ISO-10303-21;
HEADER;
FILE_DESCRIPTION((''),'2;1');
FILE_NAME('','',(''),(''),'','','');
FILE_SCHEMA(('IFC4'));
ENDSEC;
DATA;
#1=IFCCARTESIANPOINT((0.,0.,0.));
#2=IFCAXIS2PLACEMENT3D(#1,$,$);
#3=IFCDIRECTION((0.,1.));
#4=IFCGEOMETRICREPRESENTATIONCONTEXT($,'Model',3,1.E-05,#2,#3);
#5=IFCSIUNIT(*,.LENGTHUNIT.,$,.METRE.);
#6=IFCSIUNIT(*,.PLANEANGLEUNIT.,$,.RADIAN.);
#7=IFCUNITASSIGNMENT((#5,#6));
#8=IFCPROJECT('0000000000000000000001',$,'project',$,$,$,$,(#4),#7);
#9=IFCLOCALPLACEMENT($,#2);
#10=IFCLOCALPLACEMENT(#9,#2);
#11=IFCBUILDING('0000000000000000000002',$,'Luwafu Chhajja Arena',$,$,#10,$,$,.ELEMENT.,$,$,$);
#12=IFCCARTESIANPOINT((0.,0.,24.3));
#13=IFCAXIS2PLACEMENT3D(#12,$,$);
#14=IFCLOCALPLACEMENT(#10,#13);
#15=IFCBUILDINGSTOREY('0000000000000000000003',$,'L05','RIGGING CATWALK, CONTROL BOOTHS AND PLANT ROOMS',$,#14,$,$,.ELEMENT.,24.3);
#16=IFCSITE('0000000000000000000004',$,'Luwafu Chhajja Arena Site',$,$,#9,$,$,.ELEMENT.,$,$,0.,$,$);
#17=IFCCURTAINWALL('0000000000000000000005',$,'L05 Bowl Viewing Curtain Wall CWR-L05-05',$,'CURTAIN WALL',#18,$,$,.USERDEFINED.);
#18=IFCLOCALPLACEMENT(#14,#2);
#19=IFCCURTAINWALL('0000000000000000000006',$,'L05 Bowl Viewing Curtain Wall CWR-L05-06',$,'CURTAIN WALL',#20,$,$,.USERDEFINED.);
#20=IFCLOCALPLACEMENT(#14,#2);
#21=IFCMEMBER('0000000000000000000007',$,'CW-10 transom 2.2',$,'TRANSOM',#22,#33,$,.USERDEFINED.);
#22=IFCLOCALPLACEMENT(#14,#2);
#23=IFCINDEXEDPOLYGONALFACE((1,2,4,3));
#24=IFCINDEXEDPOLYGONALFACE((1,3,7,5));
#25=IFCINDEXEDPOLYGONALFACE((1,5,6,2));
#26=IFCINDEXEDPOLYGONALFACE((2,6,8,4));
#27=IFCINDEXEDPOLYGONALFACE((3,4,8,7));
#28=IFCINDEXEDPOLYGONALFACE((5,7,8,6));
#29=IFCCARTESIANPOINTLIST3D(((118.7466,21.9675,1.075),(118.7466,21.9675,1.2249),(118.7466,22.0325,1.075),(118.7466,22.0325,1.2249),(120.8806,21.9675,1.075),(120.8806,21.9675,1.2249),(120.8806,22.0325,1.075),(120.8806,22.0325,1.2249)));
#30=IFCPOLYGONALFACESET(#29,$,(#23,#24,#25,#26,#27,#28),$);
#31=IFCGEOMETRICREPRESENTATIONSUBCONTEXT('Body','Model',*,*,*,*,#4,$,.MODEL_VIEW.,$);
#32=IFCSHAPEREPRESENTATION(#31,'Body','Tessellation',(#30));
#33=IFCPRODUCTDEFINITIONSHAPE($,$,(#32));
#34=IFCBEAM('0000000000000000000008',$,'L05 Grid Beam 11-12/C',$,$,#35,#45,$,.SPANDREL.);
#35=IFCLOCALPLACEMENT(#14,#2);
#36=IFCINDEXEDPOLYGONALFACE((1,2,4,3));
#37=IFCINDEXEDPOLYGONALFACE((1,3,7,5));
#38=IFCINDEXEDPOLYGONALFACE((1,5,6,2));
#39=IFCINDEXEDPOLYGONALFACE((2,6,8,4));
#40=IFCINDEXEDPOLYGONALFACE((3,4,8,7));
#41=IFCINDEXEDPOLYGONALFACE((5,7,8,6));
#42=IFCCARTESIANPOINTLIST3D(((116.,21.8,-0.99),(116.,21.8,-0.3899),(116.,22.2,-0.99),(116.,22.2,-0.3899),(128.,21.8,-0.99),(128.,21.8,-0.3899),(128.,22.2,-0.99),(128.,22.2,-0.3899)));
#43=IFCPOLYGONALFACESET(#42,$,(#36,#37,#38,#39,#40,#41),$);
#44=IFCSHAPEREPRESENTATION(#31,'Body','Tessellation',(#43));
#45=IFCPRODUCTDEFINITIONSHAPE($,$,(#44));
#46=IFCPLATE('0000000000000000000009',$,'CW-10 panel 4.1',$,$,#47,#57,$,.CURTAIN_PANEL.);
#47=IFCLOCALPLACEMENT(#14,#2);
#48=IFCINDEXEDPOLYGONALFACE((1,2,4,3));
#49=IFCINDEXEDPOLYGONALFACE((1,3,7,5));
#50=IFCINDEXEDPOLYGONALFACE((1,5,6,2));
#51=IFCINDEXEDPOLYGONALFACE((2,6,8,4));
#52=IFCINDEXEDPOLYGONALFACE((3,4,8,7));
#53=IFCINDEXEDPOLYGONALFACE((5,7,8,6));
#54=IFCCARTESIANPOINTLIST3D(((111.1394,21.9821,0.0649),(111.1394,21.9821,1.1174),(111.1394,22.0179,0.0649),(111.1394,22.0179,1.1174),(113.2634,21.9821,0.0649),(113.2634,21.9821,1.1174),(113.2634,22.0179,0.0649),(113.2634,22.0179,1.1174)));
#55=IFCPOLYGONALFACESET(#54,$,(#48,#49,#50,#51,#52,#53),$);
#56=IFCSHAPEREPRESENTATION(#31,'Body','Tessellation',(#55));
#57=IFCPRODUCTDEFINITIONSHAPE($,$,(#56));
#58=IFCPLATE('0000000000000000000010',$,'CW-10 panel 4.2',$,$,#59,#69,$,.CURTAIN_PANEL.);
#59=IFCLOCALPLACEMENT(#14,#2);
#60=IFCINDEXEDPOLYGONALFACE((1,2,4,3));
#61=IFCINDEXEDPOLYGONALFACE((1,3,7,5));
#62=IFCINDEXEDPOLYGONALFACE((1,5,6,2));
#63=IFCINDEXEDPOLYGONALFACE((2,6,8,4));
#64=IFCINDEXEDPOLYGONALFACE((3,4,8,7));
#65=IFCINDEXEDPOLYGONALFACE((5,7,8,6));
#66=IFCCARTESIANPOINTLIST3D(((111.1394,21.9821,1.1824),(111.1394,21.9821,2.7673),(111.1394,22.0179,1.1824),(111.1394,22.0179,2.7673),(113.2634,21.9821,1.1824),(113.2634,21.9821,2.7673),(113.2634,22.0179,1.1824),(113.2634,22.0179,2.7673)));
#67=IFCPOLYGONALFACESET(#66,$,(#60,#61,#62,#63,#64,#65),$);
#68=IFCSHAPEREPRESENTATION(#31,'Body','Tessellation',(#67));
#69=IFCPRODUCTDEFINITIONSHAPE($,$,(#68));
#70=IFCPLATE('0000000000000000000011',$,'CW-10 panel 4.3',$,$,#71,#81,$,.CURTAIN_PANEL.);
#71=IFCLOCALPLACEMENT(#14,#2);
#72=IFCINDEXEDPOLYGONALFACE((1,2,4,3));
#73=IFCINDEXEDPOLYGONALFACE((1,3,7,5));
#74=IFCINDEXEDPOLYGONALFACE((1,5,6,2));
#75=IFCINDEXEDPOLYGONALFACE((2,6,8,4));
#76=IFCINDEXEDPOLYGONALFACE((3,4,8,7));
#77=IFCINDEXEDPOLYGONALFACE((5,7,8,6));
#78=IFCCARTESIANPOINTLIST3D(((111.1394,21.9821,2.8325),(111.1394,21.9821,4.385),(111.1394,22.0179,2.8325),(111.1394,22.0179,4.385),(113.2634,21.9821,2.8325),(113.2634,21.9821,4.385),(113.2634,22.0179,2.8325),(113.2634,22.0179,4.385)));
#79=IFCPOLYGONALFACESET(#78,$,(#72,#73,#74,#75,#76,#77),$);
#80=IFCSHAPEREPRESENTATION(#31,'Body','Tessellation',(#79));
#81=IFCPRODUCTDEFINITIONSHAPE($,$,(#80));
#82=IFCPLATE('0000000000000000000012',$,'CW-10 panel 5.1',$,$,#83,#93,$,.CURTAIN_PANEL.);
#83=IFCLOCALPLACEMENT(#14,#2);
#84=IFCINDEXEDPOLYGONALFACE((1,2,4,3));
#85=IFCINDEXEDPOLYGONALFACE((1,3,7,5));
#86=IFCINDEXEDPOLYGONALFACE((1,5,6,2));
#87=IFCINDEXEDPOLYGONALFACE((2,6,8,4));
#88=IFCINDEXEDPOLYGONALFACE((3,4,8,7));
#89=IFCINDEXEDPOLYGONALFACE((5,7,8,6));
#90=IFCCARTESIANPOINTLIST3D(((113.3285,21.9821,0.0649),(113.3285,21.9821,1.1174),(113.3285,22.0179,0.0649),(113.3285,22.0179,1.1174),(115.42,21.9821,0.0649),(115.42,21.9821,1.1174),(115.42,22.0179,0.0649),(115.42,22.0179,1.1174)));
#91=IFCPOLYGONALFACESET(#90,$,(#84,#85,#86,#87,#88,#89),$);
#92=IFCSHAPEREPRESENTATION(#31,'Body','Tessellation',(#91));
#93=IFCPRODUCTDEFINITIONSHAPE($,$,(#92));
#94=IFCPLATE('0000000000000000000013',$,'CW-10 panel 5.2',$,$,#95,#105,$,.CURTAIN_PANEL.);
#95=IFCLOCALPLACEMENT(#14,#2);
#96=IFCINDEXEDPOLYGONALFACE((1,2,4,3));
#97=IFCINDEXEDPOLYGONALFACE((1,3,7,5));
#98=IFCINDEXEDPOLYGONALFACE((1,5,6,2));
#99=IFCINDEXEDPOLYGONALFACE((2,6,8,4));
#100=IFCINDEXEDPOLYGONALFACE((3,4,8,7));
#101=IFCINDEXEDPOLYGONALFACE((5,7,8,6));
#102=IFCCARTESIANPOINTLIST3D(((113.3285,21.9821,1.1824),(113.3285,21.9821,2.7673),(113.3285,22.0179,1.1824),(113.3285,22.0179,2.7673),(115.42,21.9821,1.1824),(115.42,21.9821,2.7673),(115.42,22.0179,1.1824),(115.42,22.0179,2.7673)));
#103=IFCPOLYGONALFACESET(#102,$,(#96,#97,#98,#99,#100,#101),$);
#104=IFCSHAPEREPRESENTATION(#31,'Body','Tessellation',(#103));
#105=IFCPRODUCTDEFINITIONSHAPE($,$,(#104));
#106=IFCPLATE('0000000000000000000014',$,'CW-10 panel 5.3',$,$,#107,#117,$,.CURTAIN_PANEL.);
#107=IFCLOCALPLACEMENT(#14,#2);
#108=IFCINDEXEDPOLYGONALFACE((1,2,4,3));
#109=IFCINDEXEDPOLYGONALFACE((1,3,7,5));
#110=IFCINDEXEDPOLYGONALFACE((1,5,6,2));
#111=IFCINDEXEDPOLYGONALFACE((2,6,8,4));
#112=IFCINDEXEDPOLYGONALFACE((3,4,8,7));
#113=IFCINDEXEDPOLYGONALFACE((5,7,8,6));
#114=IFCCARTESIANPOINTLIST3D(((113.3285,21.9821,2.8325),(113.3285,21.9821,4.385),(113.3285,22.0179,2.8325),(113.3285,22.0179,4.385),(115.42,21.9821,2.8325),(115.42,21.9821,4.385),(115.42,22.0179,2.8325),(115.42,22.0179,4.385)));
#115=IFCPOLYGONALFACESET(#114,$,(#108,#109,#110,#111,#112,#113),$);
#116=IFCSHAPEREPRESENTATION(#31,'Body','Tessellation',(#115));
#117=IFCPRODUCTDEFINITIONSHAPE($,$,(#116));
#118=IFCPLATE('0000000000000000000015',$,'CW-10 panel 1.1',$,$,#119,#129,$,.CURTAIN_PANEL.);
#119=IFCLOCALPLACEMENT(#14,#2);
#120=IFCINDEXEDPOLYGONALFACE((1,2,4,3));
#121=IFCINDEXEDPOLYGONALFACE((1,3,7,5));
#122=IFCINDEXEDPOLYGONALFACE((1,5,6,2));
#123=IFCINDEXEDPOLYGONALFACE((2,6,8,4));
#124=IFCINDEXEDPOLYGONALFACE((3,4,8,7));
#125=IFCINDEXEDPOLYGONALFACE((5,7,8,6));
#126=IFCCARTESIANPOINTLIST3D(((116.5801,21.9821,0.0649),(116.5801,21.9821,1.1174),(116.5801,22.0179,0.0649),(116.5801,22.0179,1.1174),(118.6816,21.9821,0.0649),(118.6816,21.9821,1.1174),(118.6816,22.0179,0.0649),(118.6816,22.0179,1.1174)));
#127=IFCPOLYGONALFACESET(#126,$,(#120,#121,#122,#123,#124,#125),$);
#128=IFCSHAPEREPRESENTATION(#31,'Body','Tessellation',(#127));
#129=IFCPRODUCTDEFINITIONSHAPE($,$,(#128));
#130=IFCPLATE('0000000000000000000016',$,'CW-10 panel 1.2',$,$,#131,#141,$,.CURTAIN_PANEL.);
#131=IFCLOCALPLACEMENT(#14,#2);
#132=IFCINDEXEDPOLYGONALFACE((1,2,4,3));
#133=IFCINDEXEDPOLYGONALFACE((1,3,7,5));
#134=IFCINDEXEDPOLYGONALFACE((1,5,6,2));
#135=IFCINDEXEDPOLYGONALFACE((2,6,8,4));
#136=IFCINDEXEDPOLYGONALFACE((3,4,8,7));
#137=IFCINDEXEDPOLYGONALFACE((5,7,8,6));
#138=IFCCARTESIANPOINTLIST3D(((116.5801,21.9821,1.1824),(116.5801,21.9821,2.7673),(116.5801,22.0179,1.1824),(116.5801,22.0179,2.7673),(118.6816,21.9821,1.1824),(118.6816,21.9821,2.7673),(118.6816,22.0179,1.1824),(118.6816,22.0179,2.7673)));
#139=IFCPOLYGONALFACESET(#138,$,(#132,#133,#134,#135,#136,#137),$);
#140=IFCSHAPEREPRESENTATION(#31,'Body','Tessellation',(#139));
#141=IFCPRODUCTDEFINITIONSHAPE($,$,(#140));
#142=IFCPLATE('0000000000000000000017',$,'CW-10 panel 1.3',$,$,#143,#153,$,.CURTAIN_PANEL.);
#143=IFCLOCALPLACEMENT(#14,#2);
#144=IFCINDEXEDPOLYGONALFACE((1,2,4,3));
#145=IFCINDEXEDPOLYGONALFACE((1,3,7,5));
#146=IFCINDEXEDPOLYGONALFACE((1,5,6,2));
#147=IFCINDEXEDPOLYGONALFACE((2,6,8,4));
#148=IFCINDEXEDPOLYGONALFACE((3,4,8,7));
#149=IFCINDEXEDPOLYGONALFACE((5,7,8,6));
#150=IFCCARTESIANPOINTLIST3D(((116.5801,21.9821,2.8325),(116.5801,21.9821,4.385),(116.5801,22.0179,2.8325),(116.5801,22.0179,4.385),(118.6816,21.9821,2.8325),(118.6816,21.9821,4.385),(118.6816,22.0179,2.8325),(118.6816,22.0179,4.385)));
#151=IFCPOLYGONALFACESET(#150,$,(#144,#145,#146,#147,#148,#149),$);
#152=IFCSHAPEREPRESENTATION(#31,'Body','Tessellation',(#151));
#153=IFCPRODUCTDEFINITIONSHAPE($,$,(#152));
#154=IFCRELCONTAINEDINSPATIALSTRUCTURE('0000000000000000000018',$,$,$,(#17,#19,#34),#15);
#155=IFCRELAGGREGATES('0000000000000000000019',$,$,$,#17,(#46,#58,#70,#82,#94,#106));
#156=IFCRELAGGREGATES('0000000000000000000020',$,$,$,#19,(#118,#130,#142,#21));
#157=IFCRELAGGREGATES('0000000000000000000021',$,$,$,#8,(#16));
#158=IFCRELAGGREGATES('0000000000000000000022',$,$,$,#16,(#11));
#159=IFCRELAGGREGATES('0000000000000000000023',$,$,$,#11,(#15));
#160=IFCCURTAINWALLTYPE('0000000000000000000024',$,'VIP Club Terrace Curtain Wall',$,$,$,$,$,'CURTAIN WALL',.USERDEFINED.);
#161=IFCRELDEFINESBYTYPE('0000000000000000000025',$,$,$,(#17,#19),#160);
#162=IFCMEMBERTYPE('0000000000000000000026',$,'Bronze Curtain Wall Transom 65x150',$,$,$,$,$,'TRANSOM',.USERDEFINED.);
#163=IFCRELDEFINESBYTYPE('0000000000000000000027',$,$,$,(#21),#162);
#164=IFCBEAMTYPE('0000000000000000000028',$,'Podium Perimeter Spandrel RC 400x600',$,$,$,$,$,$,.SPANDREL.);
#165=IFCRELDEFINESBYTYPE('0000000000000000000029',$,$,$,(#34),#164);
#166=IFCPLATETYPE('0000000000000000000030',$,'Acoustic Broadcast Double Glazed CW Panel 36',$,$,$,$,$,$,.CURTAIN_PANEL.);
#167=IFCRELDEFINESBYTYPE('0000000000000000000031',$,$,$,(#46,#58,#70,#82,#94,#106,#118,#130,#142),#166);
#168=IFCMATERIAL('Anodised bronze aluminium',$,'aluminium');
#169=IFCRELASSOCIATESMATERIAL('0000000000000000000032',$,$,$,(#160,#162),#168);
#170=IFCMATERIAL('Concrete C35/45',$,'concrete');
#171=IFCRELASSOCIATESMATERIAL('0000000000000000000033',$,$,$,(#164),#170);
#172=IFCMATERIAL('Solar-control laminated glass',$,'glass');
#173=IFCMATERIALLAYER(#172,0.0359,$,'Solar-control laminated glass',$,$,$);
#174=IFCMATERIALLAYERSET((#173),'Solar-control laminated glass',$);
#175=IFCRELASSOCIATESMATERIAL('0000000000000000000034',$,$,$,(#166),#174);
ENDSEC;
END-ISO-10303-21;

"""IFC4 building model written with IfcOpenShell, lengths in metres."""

from ifc_helpers import new_model, si_unit, direction, frame, origin, origin_2d, place, context, subcontext, project, spatial, rectangle, extrude, material, layer, layer_set, material_profile, profile_set, type_object, element, aggregate, save


model = new_model("IFC4")

# Units and contexts
model_context = context("Model", 3, precision=1e-05, world=origin(), true_north=direction((0.0, 1.0)))
body_context = subcontext(model_context, "Body", "Model", "MODEL_VIEW")
ifc_project = project(units=[si_unit("LENGTHUNIT", "METRE"), si_unit("PLANEANGLEUNIT", "RADIAN")], contexts=[model_context])

# Site, building, storey
site_placement = place(None, origin())
site = spatial("IfcSite", under=ifc_project, at=site_placement, Name="Luwafu Chhajja Arena Site", CompositionType="ELEMENT", RefElevation=0.0)
building_placement = place(site_placement, origin())
building = spatial("IfcBuilding", under=site, at=building_placement, Name="Luwafu Chhajja Arena", CompositionType="ELEMENT")
storey_placement = place(building_placement, frame((0.0, 0.0, 24.3)))
storey = spatial("IfcBuildingStorey", under=building, at=storey_placement, Name="L05", Description="RIGGING CATWALK, CONTROL BOOTHS AND PLANT ROOMS", CompositionType="ELEMENT", Elevation=24.3)

# Shared definitions
ifc_material_1 = material(Name="Concrete C35/45", Category="concrete")

# Curtain walls
ifc_material_2 = material(Name="Anodised bronze aluminium", Category="aluminium")
curtain_wall_type = type_object("IfcCurtainWallType", Name="VIP Club Terrace Curtain Wall", ElementType="CURTAIN WALL", PredefinedType="USERDEFINED", material=ifc_material_2)
curtain_wall_1_placement = place(storey_placement, origin())
curtain_wall_1 = element("IfcCurtainWall", 1, at=curtain_wall_1_placement, inside=storey, type_object=curtain_wall_type, Name="L05 Bowl Viewing Curtain Wall CWR-L05-05", ObjectType="CURTAIN WALL", PredefinedType="USERDEFINED")
curtain_wall_2_placement = place(storey_placement, origin())
curtain_wall_2 = element("IfcCurtainWall", 2, at=curtain_wall_2_placement, inside=storey, type_object=curtain_wall_type, Name="L05 Bowl Viewing Curtain Wall CWR-L05-06", ObjectType="CURTAIN WALL", PredefinedType="USERDEFINED")

# Member
ifc_material_profile_1 = material_profile(ifc_material_2, rectangle(XDim=0.0649, YDim=0.1499, at=origin_2d()), Name="CWT 65x150")
ifc_profile_set_1 = profile_set([ifc_material_profile_1], Name="Anodised bronze aluminium")
member_type_1 = type_object("IfcMemberType", Name="Bronze Curtain Wall Transom 65x150", ElementType="TRANSOM", PredefinedType="USERDEFINED", material=ifc_profile_set_1)
member_1_placement = place(storey_placement, frame((118.7466, 22.0, 1.1499), z_axis=(1.0, 0.0, 0.0), x_axis=(0.0, 1.0, 0.0)))
member_1 = element("IfcMember", 3, at=member_1_placement, type_object=member_type_1, Name="CW-10 transom 2.2", ObjectType="TRANSOM", PredefinedType="USERDEFINED", context=body_context, shape_type="SweptSolid", body=[
    extrude(rectangle(XDim=0.0649, YDim=0.1499, at=origin_2d()), origin(), (0.0, 0.0, 1.0), 2.134),
])

# Beam
ifc_material_profile_2 = material_profile(ifc_material_1, rectangle(XDim=0.3999, YDim=0.6001, at=origin_2d()), Name="RC 400x600")
ifc_profile_set_2 = profile_set([ifc_material_profile_2], Name="Concrete C35/45")
beam_type = type_object("IfcBeamType", Name="Podium Perimeter Spandrel RC 400x600", PredefinedType="SPANDREL", material=ifc_profile_set_2)
beam_placement = place(storey_placement, frame((116.0, 22.0, -0.6899), z_axis=(1.0, 0.0, 0.0), x_axis=(0.0, 1.0, 0.0)))
element("IfcBeam", 4, at=beam_placement, inside=storey, type_object=beam_type, Name="L05 Grid Beam 11-12/C", PredefinedType="SPANDREL", context=body_context, shape_type="SweptSolid", body=[
    extrude(rectangle(XDim=0.3999, YDim=0.6001, at=origin_2d()), origin(), (0.0, 0.0, 1.0), 12.0),
])

# Plates
ifc_material_3 = material(Name="Solar-control laminated glass", Category="glass")
ifc_layer = layer(ifc_material_3, 0.0359, Name="Solar-control laminated glass")
ifc_layer_set = layer_set([ifc_layer], Name="Solar-control laminated glass")
plate_type = type_object("IfcPlateType", Name="Acoustic Broadcast Double Glazed CW Panel 36", PredefinedType="CURTAIN_PANEL", material=ifc_layer_set)
plate_1_placement = place(storey_placement, frame((112.2014, 22.0, 0.0649), z_axis=(0.0, 0.0, 1.0), x_axis=(1.0, 0.0, 0.0)))
plate_1 = element("IfcPlate", 5, at=plate_1_placement, type_object=plate_type, Name="CW-10 panel 4.1", PredefinedType="CURTAIN_PANEL", context=body_context, shape_type="SweptSolid", body=[
    extrude(rectangle(XDim=2.124, YDim=0.0359, at=origin_2d()), origin(), (0.0, 0.0, 1.0), 1.0525),
])
plate_2_placement = place(storey_placement, frame((112.2014, 22.0, 1.1824), z_axis=(0.0, 0.0, 1.0), x_axis=(1.0, 0.0, 0.0)))
plate_2 = element("IfcPlate", 6, at=plate_2_placement, type_object=plate_type, Name="CW-10 panel 4.2", PredefinedType="CURTAIN_PANEL", context=body_context, shape_type="SweptSolid", body=[
    extrude(rectangle(XDim=2.124, YDim=0.0359, at=origin_2d()), origin(), (0.0, 0.0, 1.0), 1.585),
])
plate_3_placement = place(storey_placement, frame((112.2014, 22.0, 2.8325), z_axis=(0.0, 0.0, 1.0), x_axis=(1.0, 0.0, 0.0)))
plate_3 = element("IfcPlate", 7, at=plate_3_placement, type_object=plate_type, Name="CW-10 panel 4.3", PredefinedType="CURTAIN_PANEL", context=body_context, shape_type="SweptSolid", body=[
    extrude(rectangle(XDim=2.124, YDim=0.0359, at=origin_2d()), origin(), (0.0, 0.0, 1.0), 1.5525),
])
plate_4_placement = place(storey_placement, frame((114.3743, 22.0, 0.0649), z_axis=(0.0, 0.0, 1.0), x_axis=(1.0, 0.0, 0.0)))
plate_4 = element("IfcPlate", 8, at=plate_4_placement, type_object=plate_type, Name="CW-10 panel 5.1", PredefinedType="CURTAIN_PANEL", context=body_context, shape_type="SweptSolid", body=[
    extrude(rectangle(XDim=2.0916, YDim=0.0359, at=origin_2d()), origin(), (0.0, 0.0, 1.0), 1.0525),
])
plate_5_placement = place(storey_placement, frame((114.3743, 22.0, 1.1824), z_axis=(0.0, 0.0, 1.0), x_axis=(1.0, 0.0, 0.0)))
plate_5 = element("IfcPlate", 9, at=plate_5_placement, type_object=plate_type, Name="CW-10 panel 5.2", PredefinedType="CURTAIN_PANEL", context=body_context, shape_type="SweptSolid", body=[
    extrude(rectangle(XDim=2.0916, YDim=0.0359, at=origin_2d()), origin(), (0.0, 0.0, 1.0), 1.585),
])
plate_6_placement = place(storey_placement, frame((114.3743, 22.0, 2.8325), z_axis=(0.0, 0.0, 1.0), x_axis=(1.0, 0.0, 0.0)))
plate_6 = element("IfcPlate", 10, at=plate_6_placement, type_object=plate_type, Name="CW-10 panel 5.3", PredefinedType="CURTAIN_PANEL", context=body_context, shape_type="SweptSolid", body=[
    extrude(rectangle(XDim=2.0916, YDim=0.0359, at=origin_2d()), origin(), (0.0, 0.0, 1.0), 1.5525),
])
aggregate(curtain_wall_1, [plate_1, plate_2, plate_3, plate_4, plate_5, plate_6])
plate_7_placement = place(storey_placement, frame((117.6309, 22.0, 0.0649), z_axis=(0.0, 0.0, 1.0), x_axis=(1.0, 0.0, 0.0)))
plate_7 = element("IfcPlate", 11, at=plate_7_placement, type_object=plate_type, Name="CW-10 panel 1.1", PredefinedType="CURTAIN_PANEL", context=body_context, shape_type="SweptSolid", body=[
    extrude(rectangle(XDim=2.1016, YDim=0.0359, at=origin_2d()), origin(), (0.0, 0.0, 1.0), 1.0525),
])
plate_8_placement = place(storey_placement, frame((117.6309, 22.0, 1.1824), z_axis=(0.0, 0.0, 1.0), x_axis=(1.0, 0.0, 0.0)))
plate_8 = element("IfcPlate", 12, at=plate_8_placement, type_object=plate_type, Name="CW-10 panel 1.2", PredefinedType="CURTAIN_PANEL", context=body_context, shape_type="SweptSolid", body=[
    extrude(rectangle(XDim=2.1016, YDim=0.0359, at=origin_2d()), origin(), (0.0, 0.0, 1.0), 1.585),
])
plate_9_placement = place(storey_placement, frame((117.6309, 22.0, 2.8325), z_axis=(0.0, 0.0, 1.0), x_axis=(1.0, 0.0, 0.0)))
plate_9 = element("IfcPlate", 13, at=plate_9_placement, type_object=plate_type, Name="CW-10 panel 1.3", PredefinedType="CURTAIN_PANEL", context=body_context, shape_type="SweptSolid", body=[
    extrude(rectangle(XDim=2.1016, YDim=0.0359, at=origin_2d()), origin(), (0.0, 0.0, 1.0), 1.5525),
])
aggregate(curtain_wall_2, [plate_7, plate_8, plate_9, member_1])

save(model, "model.ifc")
